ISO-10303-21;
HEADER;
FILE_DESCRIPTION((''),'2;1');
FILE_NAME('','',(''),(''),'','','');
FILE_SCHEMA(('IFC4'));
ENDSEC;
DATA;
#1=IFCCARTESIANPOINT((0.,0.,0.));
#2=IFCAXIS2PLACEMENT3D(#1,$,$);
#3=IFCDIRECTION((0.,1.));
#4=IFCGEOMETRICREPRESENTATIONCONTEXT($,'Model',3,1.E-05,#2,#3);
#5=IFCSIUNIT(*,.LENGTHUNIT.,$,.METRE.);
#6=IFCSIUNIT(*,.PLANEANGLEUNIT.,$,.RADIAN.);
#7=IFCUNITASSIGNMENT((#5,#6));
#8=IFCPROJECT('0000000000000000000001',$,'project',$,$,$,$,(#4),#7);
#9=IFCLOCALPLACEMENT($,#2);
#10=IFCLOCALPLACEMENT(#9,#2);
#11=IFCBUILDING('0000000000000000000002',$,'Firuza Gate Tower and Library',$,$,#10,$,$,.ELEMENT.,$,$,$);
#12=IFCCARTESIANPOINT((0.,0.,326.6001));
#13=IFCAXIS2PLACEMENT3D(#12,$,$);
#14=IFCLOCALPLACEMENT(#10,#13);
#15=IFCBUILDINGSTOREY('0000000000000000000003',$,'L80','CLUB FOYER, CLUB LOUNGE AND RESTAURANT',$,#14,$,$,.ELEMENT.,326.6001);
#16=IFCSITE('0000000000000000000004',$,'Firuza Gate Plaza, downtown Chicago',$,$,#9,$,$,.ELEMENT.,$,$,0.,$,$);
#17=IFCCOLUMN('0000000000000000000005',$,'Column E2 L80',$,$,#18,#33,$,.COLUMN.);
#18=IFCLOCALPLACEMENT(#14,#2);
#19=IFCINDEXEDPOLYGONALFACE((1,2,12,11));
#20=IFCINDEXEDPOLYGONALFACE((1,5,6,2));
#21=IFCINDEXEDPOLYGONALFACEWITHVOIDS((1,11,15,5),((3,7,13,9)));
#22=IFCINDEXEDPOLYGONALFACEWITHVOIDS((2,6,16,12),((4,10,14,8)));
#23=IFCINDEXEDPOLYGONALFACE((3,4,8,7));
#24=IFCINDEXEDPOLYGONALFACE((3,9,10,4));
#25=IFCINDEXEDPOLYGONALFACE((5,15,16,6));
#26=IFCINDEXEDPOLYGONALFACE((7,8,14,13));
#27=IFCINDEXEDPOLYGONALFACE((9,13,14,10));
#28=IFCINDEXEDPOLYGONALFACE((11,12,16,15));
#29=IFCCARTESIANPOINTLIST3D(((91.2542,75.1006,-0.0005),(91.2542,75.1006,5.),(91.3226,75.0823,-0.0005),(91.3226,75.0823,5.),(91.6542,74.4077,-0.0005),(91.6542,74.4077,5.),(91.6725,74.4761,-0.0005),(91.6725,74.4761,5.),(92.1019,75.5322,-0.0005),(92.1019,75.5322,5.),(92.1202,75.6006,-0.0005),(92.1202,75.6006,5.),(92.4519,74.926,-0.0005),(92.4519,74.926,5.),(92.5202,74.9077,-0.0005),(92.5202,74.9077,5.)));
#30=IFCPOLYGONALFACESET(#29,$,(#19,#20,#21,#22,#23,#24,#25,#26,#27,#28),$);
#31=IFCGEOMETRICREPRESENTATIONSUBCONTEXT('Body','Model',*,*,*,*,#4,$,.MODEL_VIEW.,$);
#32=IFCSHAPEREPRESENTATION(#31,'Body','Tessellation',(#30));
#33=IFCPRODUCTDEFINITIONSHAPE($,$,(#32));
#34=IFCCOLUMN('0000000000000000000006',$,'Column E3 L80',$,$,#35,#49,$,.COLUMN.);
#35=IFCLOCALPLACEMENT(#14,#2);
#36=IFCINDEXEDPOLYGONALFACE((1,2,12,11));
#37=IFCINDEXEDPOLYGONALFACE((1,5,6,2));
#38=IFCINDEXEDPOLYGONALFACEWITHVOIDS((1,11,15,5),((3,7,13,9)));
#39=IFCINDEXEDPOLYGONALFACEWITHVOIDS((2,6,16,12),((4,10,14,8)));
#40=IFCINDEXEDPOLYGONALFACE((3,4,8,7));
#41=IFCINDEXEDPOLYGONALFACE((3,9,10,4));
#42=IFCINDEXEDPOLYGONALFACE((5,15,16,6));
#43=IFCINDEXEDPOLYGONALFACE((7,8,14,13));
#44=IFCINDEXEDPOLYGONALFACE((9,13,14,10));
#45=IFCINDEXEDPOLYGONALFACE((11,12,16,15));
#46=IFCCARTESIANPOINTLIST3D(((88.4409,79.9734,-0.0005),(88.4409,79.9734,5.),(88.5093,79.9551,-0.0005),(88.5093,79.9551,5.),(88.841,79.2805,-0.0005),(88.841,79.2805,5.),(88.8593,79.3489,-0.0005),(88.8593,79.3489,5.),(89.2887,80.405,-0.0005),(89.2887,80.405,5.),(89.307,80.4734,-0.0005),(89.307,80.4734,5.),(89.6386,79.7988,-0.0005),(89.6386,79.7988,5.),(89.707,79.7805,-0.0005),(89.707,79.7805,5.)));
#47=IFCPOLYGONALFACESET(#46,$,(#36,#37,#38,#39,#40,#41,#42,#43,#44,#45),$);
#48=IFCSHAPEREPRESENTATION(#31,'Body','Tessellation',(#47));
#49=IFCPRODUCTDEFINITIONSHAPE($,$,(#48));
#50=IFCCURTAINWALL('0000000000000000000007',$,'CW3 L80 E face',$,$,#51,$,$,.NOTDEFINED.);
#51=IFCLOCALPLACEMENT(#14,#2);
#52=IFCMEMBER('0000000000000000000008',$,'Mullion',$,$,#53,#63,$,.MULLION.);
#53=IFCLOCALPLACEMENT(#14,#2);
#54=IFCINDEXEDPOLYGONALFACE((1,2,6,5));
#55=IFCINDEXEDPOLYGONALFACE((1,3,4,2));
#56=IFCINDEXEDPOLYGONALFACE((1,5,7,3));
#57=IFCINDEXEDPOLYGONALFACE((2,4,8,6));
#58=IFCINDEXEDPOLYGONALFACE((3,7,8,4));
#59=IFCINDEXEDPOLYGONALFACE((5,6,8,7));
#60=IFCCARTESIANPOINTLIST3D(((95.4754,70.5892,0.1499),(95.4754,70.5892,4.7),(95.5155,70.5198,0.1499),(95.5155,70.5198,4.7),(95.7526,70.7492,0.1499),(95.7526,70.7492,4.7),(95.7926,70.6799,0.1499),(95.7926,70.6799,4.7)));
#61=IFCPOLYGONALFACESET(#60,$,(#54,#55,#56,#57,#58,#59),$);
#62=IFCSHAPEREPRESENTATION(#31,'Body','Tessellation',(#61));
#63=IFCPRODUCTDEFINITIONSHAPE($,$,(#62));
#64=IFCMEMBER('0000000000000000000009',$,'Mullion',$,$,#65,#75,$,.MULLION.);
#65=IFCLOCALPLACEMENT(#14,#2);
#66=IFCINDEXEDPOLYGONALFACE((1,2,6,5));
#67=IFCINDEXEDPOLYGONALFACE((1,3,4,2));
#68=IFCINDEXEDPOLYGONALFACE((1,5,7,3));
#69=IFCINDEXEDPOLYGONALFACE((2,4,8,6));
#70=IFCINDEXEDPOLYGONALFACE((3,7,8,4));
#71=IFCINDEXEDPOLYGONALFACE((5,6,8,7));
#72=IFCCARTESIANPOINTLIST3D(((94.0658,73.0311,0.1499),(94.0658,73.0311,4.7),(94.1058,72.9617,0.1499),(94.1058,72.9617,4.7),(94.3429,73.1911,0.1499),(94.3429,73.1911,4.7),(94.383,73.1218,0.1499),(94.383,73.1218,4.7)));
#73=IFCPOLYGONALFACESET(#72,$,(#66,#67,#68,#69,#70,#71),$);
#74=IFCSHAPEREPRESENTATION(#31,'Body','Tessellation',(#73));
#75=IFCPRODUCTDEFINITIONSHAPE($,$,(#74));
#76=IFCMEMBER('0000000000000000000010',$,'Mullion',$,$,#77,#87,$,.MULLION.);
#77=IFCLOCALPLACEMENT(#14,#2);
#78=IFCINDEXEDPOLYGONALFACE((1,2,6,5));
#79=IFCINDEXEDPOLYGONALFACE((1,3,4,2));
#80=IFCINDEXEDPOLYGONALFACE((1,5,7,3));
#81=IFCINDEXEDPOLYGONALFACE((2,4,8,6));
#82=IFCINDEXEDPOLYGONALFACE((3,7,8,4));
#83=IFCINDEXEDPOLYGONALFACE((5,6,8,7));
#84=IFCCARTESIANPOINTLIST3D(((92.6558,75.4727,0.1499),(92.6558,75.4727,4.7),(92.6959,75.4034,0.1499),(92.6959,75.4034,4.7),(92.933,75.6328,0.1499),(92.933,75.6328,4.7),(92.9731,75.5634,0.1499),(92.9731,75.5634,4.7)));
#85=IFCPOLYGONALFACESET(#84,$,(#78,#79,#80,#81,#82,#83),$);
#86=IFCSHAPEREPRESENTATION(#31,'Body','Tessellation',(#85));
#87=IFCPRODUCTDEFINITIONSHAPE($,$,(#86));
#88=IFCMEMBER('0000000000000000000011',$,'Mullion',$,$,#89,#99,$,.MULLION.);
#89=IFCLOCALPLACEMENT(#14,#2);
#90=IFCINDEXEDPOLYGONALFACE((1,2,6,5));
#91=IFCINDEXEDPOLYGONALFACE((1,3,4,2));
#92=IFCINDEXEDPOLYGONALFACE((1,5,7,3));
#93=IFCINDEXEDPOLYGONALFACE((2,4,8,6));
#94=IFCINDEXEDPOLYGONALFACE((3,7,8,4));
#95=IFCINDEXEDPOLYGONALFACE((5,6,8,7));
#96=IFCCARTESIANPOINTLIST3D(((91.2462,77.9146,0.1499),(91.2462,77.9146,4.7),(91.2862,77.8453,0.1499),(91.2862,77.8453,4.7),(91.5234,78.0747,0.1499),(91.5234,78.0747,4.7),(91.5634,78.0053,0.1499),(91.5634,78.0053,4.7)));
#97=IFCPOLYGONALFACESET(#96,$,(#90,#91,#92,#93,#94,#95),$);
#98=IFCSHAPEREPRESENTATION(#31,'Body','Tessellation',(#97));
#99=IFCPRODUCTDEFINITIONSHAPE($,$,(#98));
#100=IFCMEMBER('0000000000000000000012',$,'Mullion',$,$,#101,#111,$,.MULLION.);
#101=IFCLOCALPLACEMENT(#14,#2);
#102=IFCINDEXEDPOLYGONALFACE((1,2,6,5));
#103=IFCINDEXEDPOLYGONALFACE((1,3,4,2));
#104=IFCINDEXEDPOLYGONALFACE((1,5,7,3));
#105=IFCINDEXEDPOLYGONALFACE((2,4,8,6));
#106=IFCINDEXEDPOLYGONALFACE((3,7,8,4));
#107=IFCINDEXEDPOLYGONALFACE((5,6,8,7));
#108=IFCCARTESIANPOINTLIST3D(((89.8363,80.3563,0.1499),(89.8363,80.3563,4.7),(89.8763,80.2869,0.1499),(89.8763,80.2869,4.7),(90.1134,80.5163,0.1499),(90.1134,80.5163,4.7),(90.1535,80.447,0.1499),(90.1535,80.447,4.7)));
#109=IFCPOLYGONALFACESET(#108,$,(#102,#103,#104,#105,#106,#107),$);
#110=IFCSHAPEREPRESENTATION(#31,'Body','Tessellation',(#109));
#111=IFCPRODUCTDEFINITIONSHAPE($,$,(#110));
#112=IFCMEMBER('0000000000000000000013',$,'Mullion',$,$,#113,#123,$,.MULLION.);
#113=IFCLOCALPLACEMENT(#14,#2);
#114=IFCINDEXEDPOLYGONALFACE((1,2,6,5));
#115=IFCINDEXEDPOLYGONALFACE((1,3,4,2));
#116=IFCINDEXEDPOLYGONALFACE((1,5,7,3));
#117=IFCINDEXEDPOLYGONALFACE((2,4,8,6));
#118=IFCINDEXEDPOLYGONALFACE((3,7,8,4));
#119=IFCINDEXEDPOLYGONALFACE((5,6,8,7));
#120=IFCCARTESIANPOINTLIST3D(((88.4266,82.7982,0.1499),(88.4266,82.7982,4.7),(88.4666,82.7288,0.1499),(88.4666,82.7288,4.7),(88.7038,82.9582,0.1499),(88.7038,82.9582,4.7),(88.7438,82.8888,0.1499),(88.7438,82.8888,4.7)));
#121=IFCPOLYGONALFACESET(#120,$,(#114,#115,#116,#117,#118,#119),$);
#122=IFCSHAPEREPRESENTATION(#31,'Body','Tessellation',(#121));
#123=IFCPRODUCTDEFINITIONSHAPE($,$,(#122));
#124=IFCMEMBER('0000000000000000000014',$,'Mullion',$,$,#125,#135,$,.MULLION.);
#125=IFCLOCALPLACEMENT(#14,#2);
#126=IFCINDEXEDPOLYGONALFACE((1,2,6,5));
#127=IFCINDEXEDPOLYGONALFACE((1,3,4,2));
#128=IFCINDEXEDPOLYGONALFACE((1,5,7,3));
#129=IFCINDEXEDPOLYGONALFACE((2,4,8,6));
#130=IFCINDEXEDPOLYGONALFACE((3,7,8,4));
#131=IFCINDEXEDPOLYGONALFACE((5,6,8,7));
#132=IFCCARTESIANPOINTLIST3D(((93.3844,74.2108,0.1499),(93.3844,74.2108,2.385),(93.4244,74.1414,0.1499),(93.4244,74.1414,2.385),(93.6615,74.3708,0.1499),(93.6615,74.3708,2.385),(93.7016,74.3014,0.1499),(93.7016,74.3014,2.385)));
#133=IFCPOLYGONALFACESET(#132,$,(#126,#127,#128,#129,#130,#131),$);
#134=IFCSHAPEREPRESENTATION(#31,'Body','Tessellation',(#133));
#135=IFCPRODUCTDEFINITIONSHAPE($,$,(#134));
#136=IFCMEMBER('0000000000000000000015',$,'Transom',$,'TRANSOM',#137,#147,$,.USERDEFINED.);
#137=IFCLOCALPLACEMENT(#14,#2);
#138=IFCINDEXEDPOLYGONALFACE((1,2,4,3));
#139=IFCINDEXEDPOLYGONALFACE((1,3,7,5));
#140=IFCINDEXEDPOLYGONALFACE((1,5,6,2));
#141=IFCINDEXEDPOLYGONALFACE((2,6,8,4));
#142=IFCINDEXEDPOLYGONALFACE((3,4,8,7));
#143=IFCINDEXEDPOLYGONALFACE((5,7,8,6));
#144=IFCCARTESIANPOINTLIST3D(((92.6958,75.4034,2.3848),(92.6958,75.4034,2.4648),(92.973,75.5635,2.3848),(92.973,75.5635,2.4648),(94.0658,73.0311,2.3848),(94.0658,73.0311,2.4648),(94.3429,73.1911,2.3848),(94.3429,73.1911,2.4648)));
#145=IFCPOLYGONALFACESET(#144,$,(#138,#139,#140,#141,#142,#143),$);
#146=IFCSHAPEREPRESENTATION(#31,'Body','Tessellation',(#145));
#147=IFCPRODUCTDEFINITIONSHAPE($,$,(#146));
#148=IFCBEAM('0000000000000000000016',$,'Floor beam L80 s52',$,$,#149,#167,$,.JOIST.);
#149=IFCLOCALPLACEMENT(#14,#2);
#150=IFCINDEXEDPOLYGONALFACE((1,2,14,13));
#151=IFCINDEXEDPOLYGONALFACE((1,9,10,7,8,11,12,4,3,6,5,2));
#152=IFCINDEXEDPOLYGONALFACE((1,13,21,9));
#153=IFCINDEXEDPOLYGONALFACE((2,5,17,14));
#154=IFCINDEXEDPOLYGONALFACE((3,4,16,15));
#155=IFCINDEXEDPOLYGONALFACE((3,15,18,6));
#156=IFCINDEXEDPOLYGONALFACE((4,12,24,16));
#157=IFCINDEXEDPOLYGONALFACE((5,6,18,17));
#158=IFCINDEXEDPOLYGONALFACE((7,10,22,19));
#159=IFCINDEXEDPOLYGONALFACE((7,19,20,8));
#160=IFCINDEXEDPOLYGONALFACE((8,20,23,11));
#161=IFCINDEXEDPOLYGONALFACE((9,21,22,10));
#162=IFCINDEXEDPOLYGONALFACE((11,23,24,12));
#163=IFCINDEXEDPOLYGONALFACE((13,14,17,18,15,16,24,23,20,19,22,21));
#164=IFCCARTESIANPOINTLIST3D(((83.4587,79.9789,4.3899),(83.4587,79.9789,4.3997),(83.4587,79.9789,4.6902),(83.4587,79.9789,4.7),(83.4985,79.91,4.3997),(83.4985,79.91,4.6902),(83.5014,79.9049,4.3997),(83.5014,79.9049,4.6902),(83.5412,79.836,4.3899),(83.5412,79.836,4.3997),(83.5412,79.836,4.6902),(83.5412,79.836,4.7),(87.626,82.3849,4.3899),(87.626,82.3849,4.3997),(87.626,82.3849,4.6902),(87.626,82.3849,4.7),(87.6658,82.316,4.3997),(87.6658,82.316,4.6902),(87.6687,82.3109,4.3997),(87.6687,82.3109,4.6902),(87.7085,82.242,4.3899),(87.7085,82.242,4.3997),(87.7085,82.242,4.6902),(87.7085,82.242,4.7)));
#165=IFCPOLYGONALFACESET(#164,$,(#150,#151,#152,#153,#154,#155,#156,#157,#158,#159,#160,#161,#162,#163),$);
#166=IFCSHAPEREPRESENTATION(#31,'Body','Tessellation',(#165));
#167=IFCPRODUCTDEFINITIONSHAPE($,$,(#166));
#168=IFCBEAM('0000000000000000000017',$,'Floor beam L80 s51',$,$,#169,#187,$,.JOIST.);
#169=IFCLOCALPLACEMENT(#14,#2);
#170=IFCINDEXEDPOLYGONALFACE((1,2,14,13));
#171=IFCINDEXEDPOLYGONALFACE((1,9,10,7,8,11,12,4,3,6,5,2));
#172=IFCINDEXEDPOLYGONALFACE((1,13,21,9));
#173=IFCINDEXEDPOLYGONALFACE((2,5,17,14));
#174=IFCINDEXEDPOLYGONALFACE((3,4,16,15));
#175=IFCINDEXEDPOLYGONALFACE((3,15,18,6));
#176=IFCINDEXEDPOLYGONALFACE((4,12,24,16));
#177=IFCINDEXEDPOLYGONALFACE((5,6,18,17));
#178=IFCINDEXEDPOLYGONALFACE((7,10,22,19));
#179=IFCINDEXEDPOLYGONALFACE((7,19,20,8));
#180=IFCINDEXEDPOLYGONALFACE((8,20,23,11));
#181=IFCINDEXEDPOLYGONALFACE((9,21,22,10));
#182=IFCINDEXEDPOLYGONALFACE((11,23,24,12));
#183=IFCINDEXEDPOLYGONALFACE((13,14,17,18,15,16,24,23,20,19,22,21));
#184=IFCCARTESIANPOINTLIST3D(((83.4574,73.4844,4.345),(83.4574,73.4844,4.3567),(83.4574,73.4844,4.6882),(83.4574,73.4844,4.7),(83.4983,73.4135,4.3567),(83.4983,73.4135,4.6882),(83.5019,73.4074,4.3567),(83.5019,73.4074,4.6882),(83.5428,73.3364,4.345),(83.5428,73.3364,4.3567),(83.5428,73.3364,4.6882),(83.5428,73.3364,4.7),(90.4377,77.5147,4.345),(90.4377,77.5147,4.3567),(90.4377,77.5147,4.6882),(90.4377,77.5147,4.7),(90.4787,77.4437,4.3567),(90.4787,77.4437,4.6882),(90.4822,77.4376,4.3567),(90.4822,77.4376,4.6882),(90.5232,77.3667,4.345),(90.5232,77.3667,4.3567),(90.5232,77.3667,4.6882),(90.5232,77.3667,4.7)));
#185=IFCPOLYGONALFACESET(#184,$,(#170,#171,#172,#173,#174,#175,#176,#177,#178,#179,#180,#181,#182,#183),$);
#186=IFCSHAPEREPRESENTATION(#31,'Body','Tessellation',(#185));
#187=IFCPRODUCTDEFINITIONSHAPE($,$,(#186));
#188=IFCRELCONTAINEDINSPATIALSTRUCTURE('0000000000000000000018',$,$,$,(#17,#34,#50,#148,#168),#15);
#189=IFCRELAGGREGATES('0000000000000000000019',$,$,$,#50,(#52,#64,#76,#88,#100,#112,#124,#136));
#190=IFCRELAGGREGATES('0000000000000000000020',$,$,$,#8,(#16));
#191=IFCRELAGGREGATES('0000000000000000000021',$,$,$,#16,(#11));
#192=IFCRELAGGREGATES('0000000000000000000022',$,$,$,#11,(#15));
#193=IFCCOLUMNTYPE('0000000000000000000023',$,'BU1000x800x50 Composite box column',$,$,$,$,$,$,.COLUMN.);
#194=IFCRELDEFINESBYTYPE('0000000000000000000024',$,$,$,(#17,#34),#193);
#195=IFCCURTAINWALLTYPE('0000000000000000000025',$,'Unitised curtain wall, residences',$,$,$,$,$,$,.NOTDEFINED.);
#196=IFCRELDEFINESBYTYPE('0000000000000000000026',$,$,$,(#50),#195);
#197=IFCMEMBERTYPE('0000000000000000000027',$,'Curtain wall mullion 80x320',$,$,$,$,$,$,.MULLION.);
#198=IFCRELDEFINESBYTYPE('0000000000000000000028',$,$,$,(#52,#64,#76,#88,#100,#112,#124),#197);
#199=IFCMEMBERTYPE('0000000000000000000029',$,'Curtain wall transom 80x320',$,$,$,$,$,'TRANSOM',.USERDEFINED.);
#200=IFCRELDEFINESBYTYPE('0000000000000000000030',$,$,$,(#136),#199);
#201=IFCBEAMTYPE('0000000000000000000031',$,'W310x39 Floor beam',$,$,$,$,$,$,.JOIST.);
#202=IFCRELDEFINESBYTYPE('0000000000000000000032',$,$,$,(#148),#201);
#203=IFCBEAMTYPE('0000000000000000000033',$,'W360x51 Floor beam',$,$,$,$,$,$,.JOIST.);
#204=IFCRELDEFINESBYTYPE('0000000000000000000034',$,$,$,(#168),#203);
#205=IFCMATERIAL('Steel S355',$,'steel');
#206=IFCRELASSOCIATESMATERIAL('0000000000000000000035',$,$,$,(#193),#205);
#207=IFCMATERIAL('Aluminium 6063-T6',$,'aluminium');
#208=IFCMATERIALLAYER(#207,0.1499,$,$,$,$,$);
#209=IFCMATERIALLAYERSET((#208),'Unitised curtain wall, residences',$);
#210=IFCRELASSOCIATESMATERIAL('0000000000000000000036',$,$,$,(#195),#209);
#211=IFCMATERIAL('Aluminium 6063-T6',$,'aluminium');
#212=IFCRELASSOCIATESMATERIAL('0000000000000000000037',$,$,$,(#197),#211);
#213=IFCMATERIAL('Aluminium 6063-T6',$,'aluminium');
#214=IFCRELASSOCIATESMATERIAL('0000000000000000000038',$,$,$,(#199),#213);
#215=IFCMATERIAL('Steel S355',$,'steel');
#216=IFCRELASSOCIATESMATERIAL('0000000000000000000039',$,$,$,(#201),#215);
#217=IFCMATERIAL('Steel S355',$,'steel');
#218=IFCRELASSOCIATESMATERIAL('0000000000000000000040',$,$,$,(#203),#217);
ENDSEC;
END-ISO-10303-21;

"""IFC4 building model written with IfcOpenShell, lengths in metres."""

from ifc_helpers import new_model, si_unit, direction, frame, origin, origin_2d, place, context, subcontext, project, spatial, rectangle, hollow_rectangle, i_section, extrude, material, layer, layer_set, material_profile, profile_set, type_object, element, aggregate, save


model = new_model("IFC4")

# Units and contexts
model_context = context("Model", 3, precision=1e-05, world=origin(), true_north=direction((0.0, 1.0)))
body_context = subcontext(model_context, "Body", "Model", "MODEL_VIEW")
ifc_project = project(units=[si_unit("LENGTHUNIT", "METRE"), si_unit("PLANEANGLEUNIT", "RADIAN")], contexts=[model_context])

# Site, building, storey
site_placement = place(None, origin())
site = spatial("IfcSite", under=ifc_project, at=site_placement, Name="Firuza Gate Plaza, downtown Chicago", CompositionType="ELEMENT", RefElevation=0.0)
building_placement = place(site_placement, origin())
building = spatial("IfcBuilding", under=site, at=building_placement, Name="Firuza Gate Tower and Library", CompositionType="ELEMENT")
storey_placement = place(building_placement, frame((0.0, 0.0, 326.6001)))
storey = spatial("IfcBuildingStorey", under=building, at=storey_placement, Name="L80", Description="CLUB FOYER, CLUB LOUNGE AND RESTAURANT", CompositionType="ELEMENT", Elevation=326.6001)

# Columns
ifc_material_1 = material(Name="Steel S355", Category="steel")
ifc_material_profile_1 = material_profile(ifc_material_1, hollow_rectangle(XDim=0.8, YDim=1.0, WallThickness=0.05, at=origin_2d()))
ifc_profile_set_1 = profile_set([ifc_material_profile_1], Name="Steel S355")
column_type = type_object("IfcColumnType", Name="BU1000x800x50 Composite box column", PredefinedType="COLUMN", material=ifc_profile_set_1)
for number, where, z_axis, x_axis, name in (
    (1, (91.8872, 75.0042, -0.0005), (0.0, 0.0, 1.0), (-0.5, 0.866025, 0.0), "Column E2 L80"),
    (2, (89.074, 79.877, -0.0005), (0.0, 0.0, 1.0), (-0.5, 0.866025, 0.0), "Column E3 L80"),
):
    element("IfcColumn", number, at=place(storey_placement, frame(where, z_axis=z_axis, x_axis=x_axis)), inside=storey, type_object=column_type, Name=name, PredefinedType="COLUMN", context=body_context, shape_type="SweptSolid", body=[
        extrude(hollow_rectangle(XDim=0.8, YDim=1.0, WallThickness=0.05, at=origin_2d()), origin(), (0.0, 0.0, 1.0), 5.0005),
    ])

# Curtain wall, members
ifc_material_2 = material(Name="Aluminium 6063-T6", Category="aluminium")
ifc_layer_1 = layer(ifc_material_2, 0.1499)
ifc_layer_set_1 = layer_set([ifc_layer_1], Name="Unitised curtain wall, residences")
curtain_wall_type = type_object("IfcCurtainWallType", Name="Unitised curtain wall, residences", PredefinedType="NOTDEFINED", material=ifc_layer_set_1)
curtain_wall_placement = place(storey_placement, origin())
curtain_wall = element("IfcCurtainWall", 3, at=curtain_wall_placement, inside=storey, type_object=curtain_wall_type, Name="CW3 L80 E face", PredefinedType="NOTDEFINED")
ifc_material_3 = material(Name="Aluminium 6063-T6", Category="aluminium")
ifc_material_profile_2 = material_profile(ifc_material_3, rectangle(XDim=0.3201, YDim=0.0801, at=origin_2d()))
ifc_profile_set_2 = profile_set([ifc_material_profile_2], Name="Aluminium 6063-T6")
member_type_1 = type_object("IfcMemberType", Name="Curtain wall mullion 80x320", PredefinedType="MULLION", material=ifc_profile_set_2)
member_1_placement = place(storey_placement, frame((95.634, 70.6345, 0.1499), z_axis=(0.0, 0.0, 1.0), x_axis=(-0.866025, -0.5, 0.0)))
member_1 = element("IfcMember", 4, at=member_1_placement, type_object=member_type_1, Name="Mullion", PredefinedType="MULLION", context=body_context, shape_type="SweptSolid", body=[
    extrude(rectangle(XDim=0.3201, YDim=0.0801, at=origin_2d()), origin(), (0.0, 0.0, 1.0), 4.55),
])
member_2_placement = place(storey_placement, frame((94.2244, 73.0764, 0.1499), z_axis=(0.0, 0.0, 1.0), x_axis=(-0.866025, -0.5, 0.0)))
member_2 = element("IfcMember", 5, at=member_2_placement, type_object=member_type_1, Name="Mullion", PredefinedType="MULLION", context=body_context, shape_type="SweptSolid", body=[
    extrude(rectangle(XDim=0.3201, YDim=0.0801, at=origin_2d()), origin(), (0.0, 0.0, 1.0), 4.55),
])
member_3_placement = place(storey_placement, frame((92.8145, 75.5181, 0.1499), z_axis=(0.0, 0.0, 1.0), x_axis=(-0.866025, -0.5, 0.0)))
member_3 = element("IfcMember", 6, at=member_3_placement, type_object=member_type_1, Name="Mullion", PredefinedType="MULLION", context=body_context, shape_type="SweptSolid", body=[
    extrude(rectangle(XDim=0.3201, YDim=0.0801, at=origin_2d()), origin(), (0.0, 0.0, 1.0), 4.55),
])
member_4_placement = place(storey_placement, frame((91.4048, 77.96, 0.1499), z_axis=(0.0, 0.0, 1.0), x_axis=(-0.866025, -0.5, 0.0)))
member_4 = element("IfcMember", 7, at=member_4_placement, type_object=member_type_1, Name="Mullion", PredefinedType="MULLION", context=body_context, shape_type="SweptSolid", body=[
    extrude(rectangle(XDim=0.3201, YDim=0.0801, at=origin_2d()), origin(), (0.0, 0.0, 1.0), 4.55),
])
member_5_placement = place(storey_placement, frame((89.9949, 80.4016, 0.1499), z_axis=(0.0, 0.0, 1.0), x_axis=(-0.866025, -0.5, 0.0)))
member_5 = element("IfcMember", 8, at=member_5_placement, type_object=member_type_1, Name="Mullion", PredefinedType="MULLION", context=body_context, shape_type="SweptSolid", body=[
    extrude(rectangle(XDim=0.3201, YDim=0.0801, at=origin_2d()), origin(), (0.0, 0.0, 1.0), 4.55),
])
member_6_placement = place(storey_placement, frame((88.5852, 82.8435, 0.1499), z_axis=(0.0, 0.0, 1.0), x_axis=(-0.866025, -0.5, 0.0)))
member_6 = element("IfcMember", 9, at=member_6_placement, type_object=member_type_1, Name="Mullion", PredefinedType="MULLION", context=body_context, shape_type="SweptSolid", body=[
    extrude(rectangle(XDim=0.3201, YDim=0.0801, at=origin_2d()), origin(), (0.0, 0.0, 1.0), 4.55),
])
member_7_placement = place(storey_placement, frame((93.543, 74.2561, 0.1499), z_axis=(0.0, 0.0, 1.0), x_axis=(-0.866025, -0.5, 0.0)))
member_7 = element("IfcMember", 10, at=member_7_placement, type_object=member_type_1, Name="Mullion", PredefinedType="MULLION", context=body_context, shape_type="SweptSolid", body=[
    extrude(rectangle(XDim=0.3201, YDim=0.0801, at=origin_2d()), origin(), (0.0, 0.0, 1.0), 2.2351),
])
ifc_material_4 = material(Name="Aluminium 6063-T6", Category="aluminium")
ifc_material_profile_3 = material_profile(ifc_material_4, rectangle(XDim=0.3201, YDim=0.0801, at=origin_2d()))
ifc_profile_set_3 = profile_set([ifc_material_profile_3], Name="Aluminium 6063-T6")
member_type_2 = type_object("IfcMemberType", Name="Curtain wall transom 80x320", ElementType="TRANSOM", PredefinedType="USERDEFINED", material=ifc_profile_set_3)
member_8_placement = place(storey_placement, frame((94.2043, 73.1111, 2.4248), z_axis=(-0.500059, 0.865991, 0.0), x_axis=(-0.865991, -0.500059, 0.0)))
member_8 = element("IfcMember", 11, at=member_8_placement, type_object=member_type_2, Name="Transom", ObjectType="TRANSOM", PredefinedType="USERDEFINED", context=body_context, shape_type="SweptSolid", body=[
    extrude(rectangle(XDim=0.3201, YDim=0.0801, at=origin_2d()), origin(), (0.0, 0.0, 1.0), 2.7395),
])

# Beams
ifc_material_5 = material(Name="Steel S355", Category="steel")
ifc_material_profile_4 = material_profile(ifc_material_5, i_section(OverallWidth=0.165, OverallDepth=0.3101, WebThickness=0.0059, FlangeThickness=0.0098, at=origin_2d()))
ifc_profile_set_4 = profile_set([ifc_material_profile_4], Name="Steel S355")
beam_type_1 = type_object("IfcBeamType", Name="W310x39 Floor beam", PredefinedType="JOIST", material=ifc_profile_set_4)
beam_1_placement = place(storey_placement, frame((87.6672, 82.3135, 4.5449), z_axis=(-0.866021, -0.500008, 0.0), x_axis=(0.500008, -0.866021, 0.0)))
element("IfcBeam", 12, at=beam_1_placement, inside=storey, type_object=beam_type_1, Name="Floor beam L80 s52", PredefinedType="JOIST", context=body_context, shape_type="SweptSolid", body=[
    extrude(i_section(OverallWidth=0.165, OverallDepth=0.3101, WebThickness=0.0059, FlangeThickness=0.0098, at=origin_2d()), origin(), (0.0, 0.0, 1.0), 4.812),
])
ifc_material_6 = material(Name="Steel S355", Category="steel")
ifc_material_profile_5 = material_profile(ifc_material_6, i_section(OverallWidth=0.1709, OverallDepth=0.355, WebThickness=0.0071, FlangeThickness=0.0117, at=origin_2d()))
ifc_profile_set_5 = profile_set([ifc_material_profile_5], Name="Steel S355")
beam_type_2 = type_object("IfcBeamType", Name="W360x51 Floor beam", PredefinedType="JOIST", material=ifc_profile_set_5)
beam_2_placement = place(storey_placement, frame((90.4805, 77.4407, 4.5225), z_axis=(-0.86602, -0.500009, 0.0), x_axis=(0.500009, -0.86602, 0.0)))
element("IfcBeam", 13, at=beam_2_placement, inside=storey, type_object=beam_type_2, Name="Floor beam L80 s51", PredefinedType="JOIST", context=body_context, shape_type="SweptSolid", body=[
    extrude(i_section(OverallWidth=0.1709, OverallDepth=0.355, WebThickness=0.0071, FlangeThickness=0.0117, at=origin_2d()), origin(), (0.0, 0.0, 1.0), 8.0603),
])

aggregate(curtain_wall, [member_1, member_2, member_3, member_4, member_5, member_6, member_7, member_8])

save(model, "model.ifc")
